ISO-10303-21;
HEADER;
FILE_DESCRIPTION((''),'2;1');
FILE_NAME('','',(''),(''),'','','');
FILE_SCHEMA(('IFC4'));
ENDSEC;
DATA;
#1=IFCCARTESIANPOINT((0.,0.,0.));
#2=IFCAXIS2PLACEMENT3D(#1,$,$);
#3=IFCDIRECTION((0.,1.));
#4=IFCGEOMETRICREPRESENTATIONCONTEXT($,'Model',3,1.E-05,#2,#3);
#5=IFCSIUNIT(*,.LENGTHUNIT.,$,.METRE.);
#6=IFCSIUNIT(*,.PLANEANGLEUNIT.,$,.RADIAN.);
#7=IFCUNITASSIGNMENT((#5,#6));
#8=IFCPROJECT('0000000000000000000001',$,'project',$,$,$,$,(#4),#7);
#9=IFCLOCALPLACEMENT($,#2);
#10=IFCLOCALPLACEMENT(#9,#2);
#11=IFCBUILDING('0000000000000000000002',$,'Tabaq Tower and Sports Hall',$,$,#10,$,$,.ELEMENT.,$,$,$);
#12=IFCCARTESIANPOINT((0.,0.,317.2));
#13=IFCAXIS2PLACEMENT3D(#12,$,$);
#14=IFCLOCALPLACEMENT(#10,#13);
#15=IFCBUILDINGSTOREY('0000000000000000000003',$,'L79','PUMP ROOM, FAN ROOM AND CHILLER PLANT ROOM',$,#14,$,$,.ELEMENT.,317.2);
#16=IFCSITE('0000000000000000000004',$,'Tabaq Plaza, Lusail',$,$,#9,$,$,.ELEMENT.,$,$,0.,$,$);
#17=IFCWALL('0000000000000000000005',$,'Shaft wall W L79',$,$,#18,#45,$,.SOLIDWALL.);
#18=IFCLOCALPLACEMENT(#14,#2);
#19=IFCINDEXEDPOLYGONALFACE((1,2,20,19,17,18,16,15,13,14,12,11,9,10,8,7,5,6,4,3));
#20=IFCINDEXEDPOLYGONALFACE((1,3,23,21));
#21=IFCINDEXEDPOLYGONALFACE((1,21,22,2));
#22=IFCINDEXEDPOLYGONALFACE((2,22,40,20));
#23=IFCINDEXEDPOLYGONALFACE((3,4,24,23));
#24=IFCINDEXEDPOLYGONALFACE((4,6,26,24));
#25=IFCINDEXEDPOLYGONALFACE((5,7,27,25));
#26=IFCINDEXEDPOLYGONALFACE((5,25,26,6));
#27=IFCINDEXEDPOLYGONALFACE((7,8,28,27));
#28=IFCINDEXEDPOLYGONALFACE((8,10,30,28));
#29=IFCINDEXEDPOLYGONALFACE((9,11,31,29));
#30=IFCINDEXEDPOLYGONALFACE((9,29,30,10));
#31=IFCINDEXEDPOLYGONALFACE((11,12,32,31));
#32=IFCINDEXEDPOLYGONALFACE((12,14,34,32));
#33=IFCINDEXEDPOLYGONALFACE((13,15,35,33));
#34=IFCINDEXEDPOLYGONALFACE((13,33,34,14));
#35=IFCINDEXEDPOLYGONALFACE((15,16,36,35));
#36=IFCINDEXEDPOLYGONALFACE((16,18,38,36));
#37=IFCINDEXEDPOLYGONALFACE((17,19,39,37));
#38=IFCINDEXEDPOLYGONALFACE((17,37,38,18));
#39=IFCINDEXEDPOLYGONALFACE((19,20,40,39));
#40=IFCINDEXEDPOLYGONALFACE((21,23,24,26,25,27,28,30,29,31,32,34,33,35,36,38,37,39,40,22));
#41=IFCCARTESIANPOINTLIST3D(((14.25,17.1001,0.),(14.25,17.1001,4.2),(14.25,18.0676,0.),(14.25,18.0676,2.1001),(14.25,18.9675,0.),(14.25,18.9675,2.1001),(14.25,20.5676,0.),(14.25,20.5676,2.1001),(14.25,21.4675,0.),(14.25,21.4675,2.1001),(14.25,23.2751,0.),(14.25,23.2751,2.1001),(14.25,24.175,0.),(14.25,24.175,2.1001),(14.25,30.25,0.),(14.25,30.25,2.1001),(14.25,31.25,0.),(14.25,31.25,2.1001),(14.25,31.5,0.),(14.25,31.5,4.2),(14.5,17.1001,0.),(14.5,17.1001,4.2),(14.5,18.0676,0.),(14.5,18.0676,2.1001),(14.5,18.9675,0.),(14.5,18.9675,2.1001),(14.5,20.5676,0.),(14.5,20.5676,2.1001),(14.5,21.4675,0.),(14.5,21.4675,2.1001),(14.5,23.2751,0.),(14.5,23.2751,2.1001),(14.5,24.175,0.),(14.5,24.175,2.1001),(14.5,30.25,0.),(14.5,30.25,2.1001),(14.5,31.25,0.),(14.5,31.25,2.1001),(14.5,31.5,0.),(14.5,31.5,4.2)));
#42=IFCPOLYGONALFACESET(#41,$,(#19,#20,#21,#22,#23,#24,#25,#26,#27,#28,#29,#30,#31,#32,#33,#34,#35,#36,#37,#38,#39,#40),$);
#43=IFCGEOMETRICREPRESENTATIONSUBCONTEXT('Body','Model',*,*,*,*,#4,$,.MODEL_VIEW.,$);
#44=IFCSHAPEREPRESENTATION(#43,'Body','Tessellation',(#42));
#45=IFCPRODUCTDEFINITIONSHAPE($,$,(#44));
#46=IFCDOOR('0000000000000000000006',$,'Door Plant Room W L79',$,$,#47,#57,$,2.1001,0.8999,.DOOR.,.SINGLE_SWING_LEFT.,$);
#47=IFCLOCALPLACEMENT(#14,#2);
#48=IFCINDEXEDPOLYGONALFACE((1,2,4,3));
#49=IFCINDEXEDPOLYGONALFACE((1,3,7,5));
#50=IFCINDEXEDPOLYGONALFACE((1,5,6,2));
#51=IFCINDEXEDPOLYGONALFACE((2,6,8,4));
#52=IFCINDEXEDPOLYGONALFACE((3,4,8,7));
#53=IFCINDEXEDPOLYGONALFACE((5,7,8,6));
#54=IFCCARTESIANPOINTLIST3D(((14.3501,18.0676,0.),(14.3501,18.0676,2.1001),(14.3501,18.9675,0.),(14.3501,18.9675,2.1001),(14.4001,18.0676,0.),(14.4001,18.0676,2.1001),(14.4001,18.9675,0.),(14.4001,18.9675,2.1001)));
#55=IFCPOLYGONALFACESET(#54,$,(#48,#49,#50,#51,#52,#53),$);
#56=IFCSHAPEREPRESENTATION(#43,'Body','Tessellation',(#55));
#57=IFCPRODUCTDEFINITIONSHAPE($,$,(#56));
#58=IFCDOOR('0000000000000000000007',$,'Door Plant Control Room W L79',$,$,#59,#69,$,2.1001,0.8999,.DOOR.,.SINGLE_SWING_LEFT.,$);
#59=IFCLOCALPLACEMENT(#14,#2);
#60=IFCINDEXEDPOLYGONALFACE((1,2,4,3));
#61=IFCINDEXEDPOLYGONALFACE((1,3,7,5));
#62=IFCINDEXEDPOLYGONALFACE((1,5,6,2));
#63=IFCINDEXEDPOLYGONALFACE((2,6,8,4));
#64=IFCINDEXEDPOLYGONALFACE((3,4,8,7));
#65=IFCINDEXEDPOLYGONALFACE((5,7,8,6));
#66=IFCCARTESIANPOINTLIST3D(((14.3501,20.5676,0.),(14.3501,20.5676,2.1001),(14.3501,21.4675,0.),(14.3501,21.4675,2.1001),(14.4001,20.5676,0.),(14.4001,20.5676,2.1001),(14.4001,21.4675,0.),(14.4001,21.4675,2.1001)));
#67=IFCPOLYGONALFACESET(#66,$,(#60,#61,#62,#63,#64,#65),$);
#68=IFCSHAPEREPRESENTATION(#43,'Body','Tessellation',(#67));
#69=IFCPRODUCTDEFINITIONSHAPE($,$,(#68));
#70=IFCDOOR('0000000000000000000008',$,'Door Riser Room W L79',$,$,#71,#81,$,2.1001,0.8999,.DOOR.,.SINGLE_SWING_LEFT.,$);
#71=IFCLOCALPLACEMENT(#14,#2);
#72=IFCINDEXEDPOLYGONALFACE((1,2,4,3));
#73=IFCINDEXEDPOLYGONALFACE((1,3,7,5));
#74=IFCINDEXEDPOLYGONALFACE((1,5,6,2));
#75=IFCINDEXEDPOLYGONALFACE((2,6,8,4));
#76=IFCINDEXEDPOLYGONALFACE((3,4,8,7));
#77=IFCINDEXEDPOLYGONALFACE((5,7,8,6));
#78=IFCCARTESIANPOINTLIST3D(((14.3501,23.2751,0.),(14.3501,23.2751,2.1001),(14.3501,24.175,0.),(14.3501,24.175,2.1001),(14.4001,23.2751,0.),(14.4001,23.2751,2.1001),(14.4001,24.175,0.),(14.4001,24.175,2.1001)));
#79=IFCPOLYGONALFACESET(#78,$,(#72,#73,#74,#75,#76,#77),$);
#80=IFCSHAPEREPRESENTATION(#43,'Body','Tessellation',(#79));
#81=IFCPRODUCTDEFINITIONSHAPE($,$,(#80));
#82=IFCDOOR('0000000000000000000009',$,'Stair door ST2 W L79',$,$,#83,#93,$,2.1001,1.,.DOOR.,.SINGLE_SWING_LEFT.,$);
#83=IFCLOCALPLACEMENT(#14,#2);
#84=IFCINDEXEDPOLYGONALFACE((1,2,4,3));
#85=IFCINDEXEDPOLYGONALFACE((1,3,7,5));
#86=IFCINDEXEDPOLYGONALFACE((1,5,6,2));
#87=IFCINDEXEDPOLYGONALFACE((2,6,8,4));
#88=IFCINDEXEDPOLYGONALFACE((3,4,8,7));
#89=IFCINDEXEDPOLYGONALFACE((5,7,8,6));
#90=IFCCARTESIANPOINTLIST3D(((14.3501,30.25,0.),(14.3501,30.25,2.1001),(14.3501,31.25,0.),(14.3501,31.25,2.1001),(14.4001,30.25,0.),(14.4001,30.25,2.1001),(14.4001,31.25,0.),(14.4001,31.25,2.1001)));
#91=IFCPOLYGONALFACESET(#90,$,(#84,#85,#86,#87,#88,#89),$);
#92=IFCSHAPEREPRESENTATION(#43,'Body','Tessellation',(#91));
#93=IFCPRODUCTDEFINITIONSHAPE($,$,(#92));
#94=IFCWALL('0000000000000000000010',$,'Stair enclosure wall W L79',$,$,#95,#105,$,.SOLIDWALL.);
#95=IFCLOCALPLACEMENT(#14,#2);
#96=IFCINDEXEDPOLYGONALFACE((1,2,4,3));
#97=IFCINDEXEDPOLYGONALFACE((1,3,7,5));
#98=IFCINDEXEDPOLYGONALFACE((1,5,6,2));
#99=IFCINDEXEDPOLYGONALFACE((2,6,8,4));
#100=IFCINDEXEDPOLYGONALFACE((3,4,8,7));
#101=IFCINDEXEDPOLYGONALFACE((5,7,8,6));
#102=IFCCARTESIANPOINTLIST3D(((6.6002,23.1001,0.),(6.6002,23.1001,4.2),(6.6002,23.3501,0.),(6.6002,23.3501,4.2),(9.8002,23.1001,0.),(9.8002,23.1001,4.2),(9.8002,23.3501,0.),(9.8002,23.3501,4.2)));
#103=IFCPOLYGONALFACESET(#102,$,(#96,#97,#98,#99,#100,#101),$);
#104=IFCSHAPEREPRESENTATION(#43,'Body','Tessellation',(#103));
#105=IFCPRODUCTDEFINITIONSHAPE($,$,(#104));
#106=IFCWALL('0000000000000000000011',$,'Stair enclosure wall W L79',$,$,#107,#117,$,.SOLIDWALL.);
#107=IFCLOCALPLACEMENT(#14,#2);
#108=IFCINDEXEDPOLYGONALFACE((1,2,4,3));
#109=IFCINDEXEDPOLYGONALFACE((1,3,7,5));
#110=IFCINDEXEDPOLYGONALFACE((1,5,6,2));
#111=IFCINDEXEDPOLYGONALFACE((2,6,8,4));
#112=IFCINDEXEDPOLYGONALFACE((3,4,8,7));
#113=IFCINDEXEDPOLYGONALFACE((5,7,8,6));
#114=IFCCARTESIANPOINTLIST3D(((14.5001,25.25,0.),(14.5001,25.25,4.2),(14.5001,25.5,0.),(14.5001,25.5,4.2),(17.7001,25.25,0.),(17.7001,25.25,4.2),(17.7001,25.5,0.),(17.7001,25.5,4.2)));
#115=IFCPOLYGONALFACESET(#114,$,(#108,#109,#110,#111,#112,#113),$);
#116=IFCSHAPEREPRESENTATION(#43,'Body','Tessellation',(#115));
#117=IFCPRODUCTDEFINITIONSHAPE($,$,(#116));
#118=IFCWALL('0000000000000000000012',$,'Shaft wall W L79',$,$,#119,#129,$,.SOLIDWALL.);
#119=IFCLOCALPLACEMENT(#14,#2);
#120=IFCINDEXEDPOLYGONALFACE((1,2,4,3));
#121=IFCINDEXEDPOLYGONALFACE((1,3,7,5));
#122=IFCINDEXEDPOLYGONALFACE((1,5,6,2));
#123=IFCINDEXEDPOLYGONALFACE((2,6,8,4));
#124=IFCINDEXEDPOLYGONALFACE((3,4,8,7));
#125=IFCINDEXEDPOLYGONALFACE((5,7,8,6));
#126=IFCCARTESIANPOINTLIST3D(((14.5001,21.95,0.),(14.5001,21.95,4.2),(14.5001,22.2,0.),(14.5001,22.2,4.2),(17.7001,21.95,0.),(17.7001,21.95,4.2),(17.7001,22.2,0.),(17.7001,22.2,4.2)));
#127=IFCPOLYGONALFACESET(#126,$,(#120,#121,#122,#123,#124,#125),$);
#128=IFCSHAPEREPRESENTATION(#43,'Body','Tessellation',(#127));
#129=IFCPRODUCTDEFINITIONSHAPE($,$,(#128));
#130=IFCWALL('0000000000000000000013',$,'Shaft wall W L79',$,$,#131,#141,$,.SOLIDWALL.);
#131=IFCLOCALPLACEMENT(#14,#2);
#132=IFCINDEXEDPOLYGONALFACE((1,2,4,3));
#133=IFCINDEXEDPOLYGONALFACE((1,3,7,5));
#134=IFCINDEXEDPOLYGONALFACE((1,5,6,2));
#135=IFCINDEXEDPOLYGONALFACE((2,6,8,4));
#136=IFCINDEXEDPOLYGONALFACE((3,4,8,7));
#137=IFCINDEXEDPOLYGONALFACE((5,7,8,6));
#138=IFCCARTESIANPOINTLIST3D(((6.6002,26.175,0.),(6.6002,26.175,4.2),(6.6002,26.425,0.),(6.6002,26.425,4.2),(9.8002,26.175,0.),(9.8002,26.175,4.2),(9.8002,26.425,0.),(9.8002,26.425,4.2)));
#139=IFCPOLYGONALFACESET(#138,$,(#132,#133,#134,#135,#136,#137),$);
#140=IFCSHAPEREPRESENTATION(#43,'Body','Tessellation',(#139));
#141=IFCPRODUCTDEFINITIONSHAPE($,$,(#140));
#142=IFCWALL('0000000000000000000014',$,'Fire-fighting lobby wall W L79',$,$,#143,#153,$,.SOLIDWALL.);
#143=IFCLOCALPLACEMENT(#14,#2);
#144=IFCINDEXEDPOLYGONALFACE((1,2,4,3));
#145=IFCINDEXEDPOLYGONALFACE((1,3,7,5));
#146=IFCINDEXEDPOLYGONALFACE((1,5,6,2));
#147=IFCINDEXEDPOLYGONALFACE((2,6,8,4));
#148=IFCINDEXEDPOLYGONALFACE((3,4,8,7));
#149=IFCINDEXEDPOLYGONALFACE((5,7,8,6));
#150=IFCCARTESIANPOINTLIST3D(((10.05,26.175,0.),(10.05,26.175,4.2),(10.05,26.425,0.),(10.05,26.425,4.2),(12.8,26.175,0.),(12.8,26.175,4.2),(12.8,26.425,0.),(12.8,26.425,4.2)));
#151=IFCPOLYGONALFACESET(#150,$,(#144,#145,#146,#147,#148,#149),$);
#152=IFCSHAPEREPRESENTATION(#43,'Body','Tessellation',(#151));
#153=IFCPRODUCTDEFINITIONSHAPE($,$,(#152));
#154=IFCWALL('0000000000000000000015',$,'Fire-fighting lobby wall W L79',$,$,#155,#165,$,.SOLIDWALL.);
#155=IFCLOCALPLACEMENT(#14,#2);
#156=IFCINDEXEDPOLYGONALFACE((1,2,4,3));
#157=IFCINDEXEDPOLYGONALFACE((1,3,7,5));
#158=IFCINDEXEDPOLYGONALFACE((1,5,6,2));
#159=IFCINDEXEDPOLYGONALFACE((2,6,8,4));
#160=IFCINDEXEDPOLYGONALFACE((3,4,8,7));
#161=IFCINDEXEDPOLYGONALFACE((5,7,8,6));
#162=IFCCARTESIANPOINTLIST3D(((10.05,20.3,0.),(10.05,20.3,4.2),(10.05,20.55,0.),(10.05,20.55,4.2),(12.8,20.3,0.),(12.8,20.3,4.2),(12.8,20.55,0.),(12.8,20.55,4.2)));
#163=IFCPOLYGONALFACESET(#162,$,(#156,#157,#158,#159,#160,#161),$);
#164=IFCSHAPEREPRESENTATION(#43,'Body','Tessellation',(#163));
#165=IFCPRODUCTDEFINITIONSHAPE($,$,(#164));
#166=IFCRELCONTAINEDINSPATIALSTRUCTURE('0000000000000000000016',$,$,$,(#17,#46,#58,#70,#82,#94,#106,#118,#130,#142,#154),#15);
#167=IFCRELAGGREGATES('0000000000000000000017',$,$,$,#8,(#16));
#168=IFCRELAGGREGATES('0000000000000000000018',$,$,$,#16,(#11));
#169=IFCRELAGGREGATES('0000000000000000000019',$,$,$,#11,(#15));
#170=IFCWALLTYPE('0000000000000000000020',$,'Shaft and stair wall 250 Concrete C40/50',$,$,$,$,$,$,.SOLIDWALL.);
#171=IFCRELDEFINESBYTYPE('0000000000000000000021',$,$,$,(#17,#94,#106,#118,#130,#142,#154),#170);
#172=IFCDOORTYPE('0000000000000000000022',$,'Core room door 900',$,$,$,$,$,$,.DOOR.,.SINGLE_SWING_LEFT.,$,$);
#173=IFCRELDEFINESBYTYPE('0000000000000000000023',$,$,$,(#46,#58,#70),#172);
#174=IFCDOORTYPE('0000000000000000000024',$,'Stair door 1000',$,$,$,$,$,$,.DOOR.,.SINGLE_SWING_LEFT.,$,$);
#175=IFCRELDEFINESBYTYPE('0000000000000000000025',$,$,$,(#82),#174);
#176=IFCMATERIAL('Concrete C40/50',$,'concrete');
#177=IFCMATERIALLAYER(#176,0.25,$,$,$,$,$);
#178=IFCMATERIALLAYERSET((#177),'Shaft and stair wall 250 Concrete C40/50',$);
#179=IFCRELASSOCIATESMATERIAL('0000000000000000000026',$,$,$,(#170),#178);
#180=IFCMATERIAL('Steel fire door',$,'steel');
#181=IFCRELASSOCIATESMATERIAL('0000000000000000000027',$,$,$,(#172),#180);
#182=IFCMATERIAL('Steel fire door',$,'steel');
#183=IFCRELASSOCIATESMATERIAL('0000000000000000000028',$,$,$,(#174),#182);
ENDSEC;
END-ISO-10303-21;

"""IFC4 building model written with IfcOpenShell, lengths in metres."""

from ifc_helpers import new_model, si_unit, direction, frame, frame_2d, origin, place, context, subcontext, project, spatial, rectangle, extrude, material, layer, layer_set, type_object, element, fill, save


model = new_model("IFC4")

# Units and contexts
model_context = context("Model", 3, precision=1e-05, world=origin(), true_north=direction((0.0, 1.0)))
body_context = subcontext(model_context, "Body", "Model", "MODEL_VIEW")
ifc_project = project(units=[si_unit("LENGTHUNIT", "METRE"), si_unit("PLANEANGLEUNIT", "RADIAN")], contexts=[model_context])

# Site, building, storey
site_placement = place(None, origin())
site = spatial("IfcSite", under=ifc_project, at=site_placement, Name="Tabaq Plaza, Lusail", CompositionType="ELEMENT", RefElevation=0.0)
building_placement = place(site_placement, origin())
building = spatial("IfcBuilding", under=site, at=building_placement, Name="Tabaq Tower and Sports Hall", CompositionType="ELEMENT")
storey_placement = place(building_placement, frame((0.0, 0.0, 317.2)))
storey = spatial("IfcBuildingStorey", under=building, at=storey_placement, Name="L79", Description="PUMP ROOM, FAN ROOM AND CHILLER PLANT ROOM", CompositionType="ELEMENT", Elevation=317.2)

# Wall, openings, doors
ifc_material_1 = material(Name="Concrete C40/50", Category="concrete")
ifc_layer_1 = layer(ifc_material_1, 0.25)
ifc_layer_set_1 = layer_set([ifc_layer_1], Name="Shaft and stair wall 250 Concrete C40/50")
wall_type_1 = type_object("IfcWallType", Name="Shaft and stair wall 250 Concrete C40/50", PredefinedType="SOLIDWALL", material=ifc_layer_set_1)
ifc_material_2 = material(Name="Steel fire door", Category="steel")
door_type_1 = type_object("IfcDoorType", Name="Core room door 900", OperationType="SINGLE_SWING_LEFT", PredefinedType="DOOR", material=ifc_material_2)
ifc_material_3 = material(Name="Steel fire door", Category="steel")
door_type_2 = type_object("IfcDoorType", Name="Stair door 1000", OperationType="SINGLE_SWING_LEFT", PredefinedType="DOOR", material=ifc_material_3)
wall_1_placement = place(storey_placement, frame((14.375, 17.1001, 0.0), z_axis=(0.0, 0.0, 1.0), x_axis=(0.0, 1.0, 0.0)))
wall_1 = element("IfcWall", 1, at=wall_1_placement, inside=storey, type_object=wall_type_1, Name="Shaft wall W L79", PredefinedType="SOLIDWALL", context=body_context, shape_type="SweptSolid", body=[
    extrude(rectangle(XDim=14.3999, YDim=0.25, at=frame_2d((7.2, 0.0))), origin(), (0.0, 0.0, 1.0), 4.2),
])
opening_1_placement = place(wall_1_placement, frame((13.1499, 0.0, 0.0)))
opening_1 = element("IfcOpeningElement", 2, at=opening_1_placement, cuts=wall_1, PredefinedType="OPENING", context=body_context, shape_type="SweptSolid", body=[
    extrude(rectangle(XDim=1.0, YDim=2.1001, at=frame_2d((0.5, 1.05))), frame((0.0, 0.125, 0.0), z_axis=(0.0, -1.0, 0.0), x_axis=(1.0, 0.0, 0.0)), (0.0, 0.0, 1.0), 0.25),
])
opening_2_placement = place(wall_1_placement, frame((0.9675, 0.0, 0.0)))
opening_2 = element("IfcOpeningElement", 3, at=opening_2_placement, cuts=wall_1, PredefinedType="OPENING", context=body_context, shape_type="SweptSolid", body=[
    extrude(rectangle(XDim=0.8999, YDim=2.1001, at=frame_2d((0.45, 1.05))), frame((0.0, 0.125, 0.0), z_axis=(0.0, -1.0, 0.0), x_axis=(1.0, 0.0, 0.0)), (0.0, 0.0, 1.0), 0.25),
])
opening_3_placement = place(wall_1_placement, frame((3.4675, 0.0, 0.0)))
opening_3 = element("IfcOpeningElement", 4, at=opening_3_placement, cuts=wall_1, PredefinedType="OPENING", context=body_context, shape_type="SweptSolid", body=[
    extrude(rectangle(XDim=0.8999, YDim=2.1001, at=frame_2d((0.45, 1.05))), frame((0.0, 0.125, 0.0), z_axis=(0.0, -1.0, 0.0), x_axis=(1.0, 0.0, 0.0)), (0.0, 0.0, 1.0), 0.25),
])
opening_4_placement = place(wall_1_placement, frame((6.175, 0.0, 0.0)))
opening_4 = element("IfcOpeningElement", 5, at=opening_4_placement, cuts=wall_1, PredefinedType="OPENING", context=body_context, shape_type="SweptSolid", body=[
    extrude(rectangle(XDim=0.8999, YDim=2.1001, at=frame_2d((0.45, 1.05))), frame((0.0, 0.125, 0.0), z_axis=(0.0, -1.0, 0.0), x_axis=(1.0, 0.0, 0.0)), (0.0, 0.0, 1.0), 0.25),
])
door_1_placement = place(opening_2_placement, origin())
door_1 = element("IfcDoor", 6, at=door_1_placement, inside=storey, type_object=door_type_1, Name="Door Plant Room W L79", OperationType="SINGLE_SWING_LEFT", OverallHeight=2.1001, OverallWidth=0.8999, PredefinedType="DOOR", context=body_context, shape_type="SweptSolid", body=[
    extrude(rectangle(XDim=0.8999, YDim=2.1001, at=frame_2d((0.45, 1.05))), frame((0.0, 0.0249, 0.0), z_axis=(0.0, -1.0, 0.0), x_axis=(1.0, 0.0, 0.0)), (0.0, 0.0, 1.0), 0.05),
])
fill(opening_2, door_1)
door_2_placement = place(opening_3_placement, origin())
door_2 = element("IfcDoor", 7, at=door_2_placement, inside=storey, type_object=door_type_1, Name="Door Plant Control Room W L79", OperationType="SINGLE_SWING_LEFT", OverallHeight=2.1001, OverallWidth=0.8999, PredefinedType="DOOR", context=body_context, shape_type="SweptSolid", body=[
    extrude(rectangle(XDim=0.8999, YDim=2.1001, at=frame_2d((0.45, 1.05))), frame((0.0, 0.0249, 0.0), z_axis=(0.0, -1.0, 0.0), x_axis=(1.0, 0.0, 0.0)), (0.0, 0.0, 1.0), 0.05),
])
fill(opening_3, door_2)
door_3_placement = place(opening_4_placement, origin())
door_3 = element("IfcDoor", 8, at=door_3_placement, inside=storey, type_object=door_type_1, Name="Door Riser Room W L79", OperationType="SINGLE_SWING_LEFT", OverallHeight=2.1001, OverallWidth=0.8999, PredefinedType="DOOR", context=body_context, shape_type="SweptSolid", body=[
    extrude(rectangle(XDim=0.8999, YDim=2.1001, at=frame_2d((0.45, 1.05))), frame((0.0, 0.0249, 0.0), z_axis=(0.0, -1.0, 0.0), x_axis=(1.0, 0.0, 0.0)), (0.0, 0.0, 1.0), 0.05),
])
fill(opening_4, door_3)
door_4_placement = place(opening_1_placement, origin())
door_4 = element("IfcDoor", 9, at=door_4_placement, inside=storey, type_object=door_type_2, Name="Stair door ST2 W L79", OperationType="SINGLE_SWING_LEFT", OverallHeight=2.1001, OverallWidth=1.0, PredefinedType="DOOR", context=body_context, shape_type="SweptSolid", body=[
    extrude(rectangle(XDim=1.0, YDim=2.1001, at=frame_2d((0.5, 1.05))), frame((0.0, 0.0249, 0.0), z_axis=(0.0, -1.0, 0.0), x_axis=(1.0, 0.0, 0.0)), (0.0, 0.0, 1.0), 0.05),
])
fill(opening_1, door_4)

# Walls
for number, where, z_axis, x_axis, name in (
    (10, (6.6001, 23.2251, 0.0), (0.0, 0.0, 1.0), (1.0, 0.0, 0.0), "Stair enclosure wall W L79"),
    (11, (14.5, 25.375, 0.0), (0.0, 0.0, 1.0), (1.0, 0.0, 0.0), "Stair enclosure wall W L79"),
    (12, (14.5, 22.075, 0.0), (0.0, 0.0, 1.0), (1.0, 0.0, 0.0), "Shaft wall W L79"),
    (13, (6.6001, 26.3, 0.0), (0.0, 0.0, 1.0), (1.0, 0.0, 0.0), "Shaft wall W L79"),
):
    element("IfcWall", number, at=place(storey_placement, frame(where, z_axis=z_axis, x_axis=x_axis)), inside=storey, type_object=wall_type_1, Name=name, PredefinedType="SOLIDWALL", context=body_context, shape_type="SweptSolid", body=[
        extrude(rectangle(XDim=3.2, YDim=0.25, at=frame_2d((1.6001, 0.0))), origin(), (0.0, 0.0, 1.0), 4.2),
    ])
for number, where, z_axis, x_axis, name in (
    (14, (10.05, 26.3, 0.0), (0.0, 0.0, 1.0), (1.0, 0.0, 0.0), "Fire-fighting lobby wall W L79"),
    (15, (10.05, 20.425, 0.0), (0.0, 0.0, 1.0), (1.0, 0.0, 0.0), "Fire-fighting lobby wall W L79"),
):
    element("IfcWall", number, at=place(storey_placement, frame(where, z_axis=z_axis, x_axis=x_axis)), inside=storey, type_object=wall_type_1, Name=name, PredefinedType="SOLIDWALL", context=body_context, shape_type="SweptSolid", body=[
        extrude(rectangle(XDim=2.75, YDim=0.25, at=frame_2d((1.375, 0.0))), origin(), (0.0, 0.0, 1.0), 4.2),
    ])

save(model, "model.ifc")
